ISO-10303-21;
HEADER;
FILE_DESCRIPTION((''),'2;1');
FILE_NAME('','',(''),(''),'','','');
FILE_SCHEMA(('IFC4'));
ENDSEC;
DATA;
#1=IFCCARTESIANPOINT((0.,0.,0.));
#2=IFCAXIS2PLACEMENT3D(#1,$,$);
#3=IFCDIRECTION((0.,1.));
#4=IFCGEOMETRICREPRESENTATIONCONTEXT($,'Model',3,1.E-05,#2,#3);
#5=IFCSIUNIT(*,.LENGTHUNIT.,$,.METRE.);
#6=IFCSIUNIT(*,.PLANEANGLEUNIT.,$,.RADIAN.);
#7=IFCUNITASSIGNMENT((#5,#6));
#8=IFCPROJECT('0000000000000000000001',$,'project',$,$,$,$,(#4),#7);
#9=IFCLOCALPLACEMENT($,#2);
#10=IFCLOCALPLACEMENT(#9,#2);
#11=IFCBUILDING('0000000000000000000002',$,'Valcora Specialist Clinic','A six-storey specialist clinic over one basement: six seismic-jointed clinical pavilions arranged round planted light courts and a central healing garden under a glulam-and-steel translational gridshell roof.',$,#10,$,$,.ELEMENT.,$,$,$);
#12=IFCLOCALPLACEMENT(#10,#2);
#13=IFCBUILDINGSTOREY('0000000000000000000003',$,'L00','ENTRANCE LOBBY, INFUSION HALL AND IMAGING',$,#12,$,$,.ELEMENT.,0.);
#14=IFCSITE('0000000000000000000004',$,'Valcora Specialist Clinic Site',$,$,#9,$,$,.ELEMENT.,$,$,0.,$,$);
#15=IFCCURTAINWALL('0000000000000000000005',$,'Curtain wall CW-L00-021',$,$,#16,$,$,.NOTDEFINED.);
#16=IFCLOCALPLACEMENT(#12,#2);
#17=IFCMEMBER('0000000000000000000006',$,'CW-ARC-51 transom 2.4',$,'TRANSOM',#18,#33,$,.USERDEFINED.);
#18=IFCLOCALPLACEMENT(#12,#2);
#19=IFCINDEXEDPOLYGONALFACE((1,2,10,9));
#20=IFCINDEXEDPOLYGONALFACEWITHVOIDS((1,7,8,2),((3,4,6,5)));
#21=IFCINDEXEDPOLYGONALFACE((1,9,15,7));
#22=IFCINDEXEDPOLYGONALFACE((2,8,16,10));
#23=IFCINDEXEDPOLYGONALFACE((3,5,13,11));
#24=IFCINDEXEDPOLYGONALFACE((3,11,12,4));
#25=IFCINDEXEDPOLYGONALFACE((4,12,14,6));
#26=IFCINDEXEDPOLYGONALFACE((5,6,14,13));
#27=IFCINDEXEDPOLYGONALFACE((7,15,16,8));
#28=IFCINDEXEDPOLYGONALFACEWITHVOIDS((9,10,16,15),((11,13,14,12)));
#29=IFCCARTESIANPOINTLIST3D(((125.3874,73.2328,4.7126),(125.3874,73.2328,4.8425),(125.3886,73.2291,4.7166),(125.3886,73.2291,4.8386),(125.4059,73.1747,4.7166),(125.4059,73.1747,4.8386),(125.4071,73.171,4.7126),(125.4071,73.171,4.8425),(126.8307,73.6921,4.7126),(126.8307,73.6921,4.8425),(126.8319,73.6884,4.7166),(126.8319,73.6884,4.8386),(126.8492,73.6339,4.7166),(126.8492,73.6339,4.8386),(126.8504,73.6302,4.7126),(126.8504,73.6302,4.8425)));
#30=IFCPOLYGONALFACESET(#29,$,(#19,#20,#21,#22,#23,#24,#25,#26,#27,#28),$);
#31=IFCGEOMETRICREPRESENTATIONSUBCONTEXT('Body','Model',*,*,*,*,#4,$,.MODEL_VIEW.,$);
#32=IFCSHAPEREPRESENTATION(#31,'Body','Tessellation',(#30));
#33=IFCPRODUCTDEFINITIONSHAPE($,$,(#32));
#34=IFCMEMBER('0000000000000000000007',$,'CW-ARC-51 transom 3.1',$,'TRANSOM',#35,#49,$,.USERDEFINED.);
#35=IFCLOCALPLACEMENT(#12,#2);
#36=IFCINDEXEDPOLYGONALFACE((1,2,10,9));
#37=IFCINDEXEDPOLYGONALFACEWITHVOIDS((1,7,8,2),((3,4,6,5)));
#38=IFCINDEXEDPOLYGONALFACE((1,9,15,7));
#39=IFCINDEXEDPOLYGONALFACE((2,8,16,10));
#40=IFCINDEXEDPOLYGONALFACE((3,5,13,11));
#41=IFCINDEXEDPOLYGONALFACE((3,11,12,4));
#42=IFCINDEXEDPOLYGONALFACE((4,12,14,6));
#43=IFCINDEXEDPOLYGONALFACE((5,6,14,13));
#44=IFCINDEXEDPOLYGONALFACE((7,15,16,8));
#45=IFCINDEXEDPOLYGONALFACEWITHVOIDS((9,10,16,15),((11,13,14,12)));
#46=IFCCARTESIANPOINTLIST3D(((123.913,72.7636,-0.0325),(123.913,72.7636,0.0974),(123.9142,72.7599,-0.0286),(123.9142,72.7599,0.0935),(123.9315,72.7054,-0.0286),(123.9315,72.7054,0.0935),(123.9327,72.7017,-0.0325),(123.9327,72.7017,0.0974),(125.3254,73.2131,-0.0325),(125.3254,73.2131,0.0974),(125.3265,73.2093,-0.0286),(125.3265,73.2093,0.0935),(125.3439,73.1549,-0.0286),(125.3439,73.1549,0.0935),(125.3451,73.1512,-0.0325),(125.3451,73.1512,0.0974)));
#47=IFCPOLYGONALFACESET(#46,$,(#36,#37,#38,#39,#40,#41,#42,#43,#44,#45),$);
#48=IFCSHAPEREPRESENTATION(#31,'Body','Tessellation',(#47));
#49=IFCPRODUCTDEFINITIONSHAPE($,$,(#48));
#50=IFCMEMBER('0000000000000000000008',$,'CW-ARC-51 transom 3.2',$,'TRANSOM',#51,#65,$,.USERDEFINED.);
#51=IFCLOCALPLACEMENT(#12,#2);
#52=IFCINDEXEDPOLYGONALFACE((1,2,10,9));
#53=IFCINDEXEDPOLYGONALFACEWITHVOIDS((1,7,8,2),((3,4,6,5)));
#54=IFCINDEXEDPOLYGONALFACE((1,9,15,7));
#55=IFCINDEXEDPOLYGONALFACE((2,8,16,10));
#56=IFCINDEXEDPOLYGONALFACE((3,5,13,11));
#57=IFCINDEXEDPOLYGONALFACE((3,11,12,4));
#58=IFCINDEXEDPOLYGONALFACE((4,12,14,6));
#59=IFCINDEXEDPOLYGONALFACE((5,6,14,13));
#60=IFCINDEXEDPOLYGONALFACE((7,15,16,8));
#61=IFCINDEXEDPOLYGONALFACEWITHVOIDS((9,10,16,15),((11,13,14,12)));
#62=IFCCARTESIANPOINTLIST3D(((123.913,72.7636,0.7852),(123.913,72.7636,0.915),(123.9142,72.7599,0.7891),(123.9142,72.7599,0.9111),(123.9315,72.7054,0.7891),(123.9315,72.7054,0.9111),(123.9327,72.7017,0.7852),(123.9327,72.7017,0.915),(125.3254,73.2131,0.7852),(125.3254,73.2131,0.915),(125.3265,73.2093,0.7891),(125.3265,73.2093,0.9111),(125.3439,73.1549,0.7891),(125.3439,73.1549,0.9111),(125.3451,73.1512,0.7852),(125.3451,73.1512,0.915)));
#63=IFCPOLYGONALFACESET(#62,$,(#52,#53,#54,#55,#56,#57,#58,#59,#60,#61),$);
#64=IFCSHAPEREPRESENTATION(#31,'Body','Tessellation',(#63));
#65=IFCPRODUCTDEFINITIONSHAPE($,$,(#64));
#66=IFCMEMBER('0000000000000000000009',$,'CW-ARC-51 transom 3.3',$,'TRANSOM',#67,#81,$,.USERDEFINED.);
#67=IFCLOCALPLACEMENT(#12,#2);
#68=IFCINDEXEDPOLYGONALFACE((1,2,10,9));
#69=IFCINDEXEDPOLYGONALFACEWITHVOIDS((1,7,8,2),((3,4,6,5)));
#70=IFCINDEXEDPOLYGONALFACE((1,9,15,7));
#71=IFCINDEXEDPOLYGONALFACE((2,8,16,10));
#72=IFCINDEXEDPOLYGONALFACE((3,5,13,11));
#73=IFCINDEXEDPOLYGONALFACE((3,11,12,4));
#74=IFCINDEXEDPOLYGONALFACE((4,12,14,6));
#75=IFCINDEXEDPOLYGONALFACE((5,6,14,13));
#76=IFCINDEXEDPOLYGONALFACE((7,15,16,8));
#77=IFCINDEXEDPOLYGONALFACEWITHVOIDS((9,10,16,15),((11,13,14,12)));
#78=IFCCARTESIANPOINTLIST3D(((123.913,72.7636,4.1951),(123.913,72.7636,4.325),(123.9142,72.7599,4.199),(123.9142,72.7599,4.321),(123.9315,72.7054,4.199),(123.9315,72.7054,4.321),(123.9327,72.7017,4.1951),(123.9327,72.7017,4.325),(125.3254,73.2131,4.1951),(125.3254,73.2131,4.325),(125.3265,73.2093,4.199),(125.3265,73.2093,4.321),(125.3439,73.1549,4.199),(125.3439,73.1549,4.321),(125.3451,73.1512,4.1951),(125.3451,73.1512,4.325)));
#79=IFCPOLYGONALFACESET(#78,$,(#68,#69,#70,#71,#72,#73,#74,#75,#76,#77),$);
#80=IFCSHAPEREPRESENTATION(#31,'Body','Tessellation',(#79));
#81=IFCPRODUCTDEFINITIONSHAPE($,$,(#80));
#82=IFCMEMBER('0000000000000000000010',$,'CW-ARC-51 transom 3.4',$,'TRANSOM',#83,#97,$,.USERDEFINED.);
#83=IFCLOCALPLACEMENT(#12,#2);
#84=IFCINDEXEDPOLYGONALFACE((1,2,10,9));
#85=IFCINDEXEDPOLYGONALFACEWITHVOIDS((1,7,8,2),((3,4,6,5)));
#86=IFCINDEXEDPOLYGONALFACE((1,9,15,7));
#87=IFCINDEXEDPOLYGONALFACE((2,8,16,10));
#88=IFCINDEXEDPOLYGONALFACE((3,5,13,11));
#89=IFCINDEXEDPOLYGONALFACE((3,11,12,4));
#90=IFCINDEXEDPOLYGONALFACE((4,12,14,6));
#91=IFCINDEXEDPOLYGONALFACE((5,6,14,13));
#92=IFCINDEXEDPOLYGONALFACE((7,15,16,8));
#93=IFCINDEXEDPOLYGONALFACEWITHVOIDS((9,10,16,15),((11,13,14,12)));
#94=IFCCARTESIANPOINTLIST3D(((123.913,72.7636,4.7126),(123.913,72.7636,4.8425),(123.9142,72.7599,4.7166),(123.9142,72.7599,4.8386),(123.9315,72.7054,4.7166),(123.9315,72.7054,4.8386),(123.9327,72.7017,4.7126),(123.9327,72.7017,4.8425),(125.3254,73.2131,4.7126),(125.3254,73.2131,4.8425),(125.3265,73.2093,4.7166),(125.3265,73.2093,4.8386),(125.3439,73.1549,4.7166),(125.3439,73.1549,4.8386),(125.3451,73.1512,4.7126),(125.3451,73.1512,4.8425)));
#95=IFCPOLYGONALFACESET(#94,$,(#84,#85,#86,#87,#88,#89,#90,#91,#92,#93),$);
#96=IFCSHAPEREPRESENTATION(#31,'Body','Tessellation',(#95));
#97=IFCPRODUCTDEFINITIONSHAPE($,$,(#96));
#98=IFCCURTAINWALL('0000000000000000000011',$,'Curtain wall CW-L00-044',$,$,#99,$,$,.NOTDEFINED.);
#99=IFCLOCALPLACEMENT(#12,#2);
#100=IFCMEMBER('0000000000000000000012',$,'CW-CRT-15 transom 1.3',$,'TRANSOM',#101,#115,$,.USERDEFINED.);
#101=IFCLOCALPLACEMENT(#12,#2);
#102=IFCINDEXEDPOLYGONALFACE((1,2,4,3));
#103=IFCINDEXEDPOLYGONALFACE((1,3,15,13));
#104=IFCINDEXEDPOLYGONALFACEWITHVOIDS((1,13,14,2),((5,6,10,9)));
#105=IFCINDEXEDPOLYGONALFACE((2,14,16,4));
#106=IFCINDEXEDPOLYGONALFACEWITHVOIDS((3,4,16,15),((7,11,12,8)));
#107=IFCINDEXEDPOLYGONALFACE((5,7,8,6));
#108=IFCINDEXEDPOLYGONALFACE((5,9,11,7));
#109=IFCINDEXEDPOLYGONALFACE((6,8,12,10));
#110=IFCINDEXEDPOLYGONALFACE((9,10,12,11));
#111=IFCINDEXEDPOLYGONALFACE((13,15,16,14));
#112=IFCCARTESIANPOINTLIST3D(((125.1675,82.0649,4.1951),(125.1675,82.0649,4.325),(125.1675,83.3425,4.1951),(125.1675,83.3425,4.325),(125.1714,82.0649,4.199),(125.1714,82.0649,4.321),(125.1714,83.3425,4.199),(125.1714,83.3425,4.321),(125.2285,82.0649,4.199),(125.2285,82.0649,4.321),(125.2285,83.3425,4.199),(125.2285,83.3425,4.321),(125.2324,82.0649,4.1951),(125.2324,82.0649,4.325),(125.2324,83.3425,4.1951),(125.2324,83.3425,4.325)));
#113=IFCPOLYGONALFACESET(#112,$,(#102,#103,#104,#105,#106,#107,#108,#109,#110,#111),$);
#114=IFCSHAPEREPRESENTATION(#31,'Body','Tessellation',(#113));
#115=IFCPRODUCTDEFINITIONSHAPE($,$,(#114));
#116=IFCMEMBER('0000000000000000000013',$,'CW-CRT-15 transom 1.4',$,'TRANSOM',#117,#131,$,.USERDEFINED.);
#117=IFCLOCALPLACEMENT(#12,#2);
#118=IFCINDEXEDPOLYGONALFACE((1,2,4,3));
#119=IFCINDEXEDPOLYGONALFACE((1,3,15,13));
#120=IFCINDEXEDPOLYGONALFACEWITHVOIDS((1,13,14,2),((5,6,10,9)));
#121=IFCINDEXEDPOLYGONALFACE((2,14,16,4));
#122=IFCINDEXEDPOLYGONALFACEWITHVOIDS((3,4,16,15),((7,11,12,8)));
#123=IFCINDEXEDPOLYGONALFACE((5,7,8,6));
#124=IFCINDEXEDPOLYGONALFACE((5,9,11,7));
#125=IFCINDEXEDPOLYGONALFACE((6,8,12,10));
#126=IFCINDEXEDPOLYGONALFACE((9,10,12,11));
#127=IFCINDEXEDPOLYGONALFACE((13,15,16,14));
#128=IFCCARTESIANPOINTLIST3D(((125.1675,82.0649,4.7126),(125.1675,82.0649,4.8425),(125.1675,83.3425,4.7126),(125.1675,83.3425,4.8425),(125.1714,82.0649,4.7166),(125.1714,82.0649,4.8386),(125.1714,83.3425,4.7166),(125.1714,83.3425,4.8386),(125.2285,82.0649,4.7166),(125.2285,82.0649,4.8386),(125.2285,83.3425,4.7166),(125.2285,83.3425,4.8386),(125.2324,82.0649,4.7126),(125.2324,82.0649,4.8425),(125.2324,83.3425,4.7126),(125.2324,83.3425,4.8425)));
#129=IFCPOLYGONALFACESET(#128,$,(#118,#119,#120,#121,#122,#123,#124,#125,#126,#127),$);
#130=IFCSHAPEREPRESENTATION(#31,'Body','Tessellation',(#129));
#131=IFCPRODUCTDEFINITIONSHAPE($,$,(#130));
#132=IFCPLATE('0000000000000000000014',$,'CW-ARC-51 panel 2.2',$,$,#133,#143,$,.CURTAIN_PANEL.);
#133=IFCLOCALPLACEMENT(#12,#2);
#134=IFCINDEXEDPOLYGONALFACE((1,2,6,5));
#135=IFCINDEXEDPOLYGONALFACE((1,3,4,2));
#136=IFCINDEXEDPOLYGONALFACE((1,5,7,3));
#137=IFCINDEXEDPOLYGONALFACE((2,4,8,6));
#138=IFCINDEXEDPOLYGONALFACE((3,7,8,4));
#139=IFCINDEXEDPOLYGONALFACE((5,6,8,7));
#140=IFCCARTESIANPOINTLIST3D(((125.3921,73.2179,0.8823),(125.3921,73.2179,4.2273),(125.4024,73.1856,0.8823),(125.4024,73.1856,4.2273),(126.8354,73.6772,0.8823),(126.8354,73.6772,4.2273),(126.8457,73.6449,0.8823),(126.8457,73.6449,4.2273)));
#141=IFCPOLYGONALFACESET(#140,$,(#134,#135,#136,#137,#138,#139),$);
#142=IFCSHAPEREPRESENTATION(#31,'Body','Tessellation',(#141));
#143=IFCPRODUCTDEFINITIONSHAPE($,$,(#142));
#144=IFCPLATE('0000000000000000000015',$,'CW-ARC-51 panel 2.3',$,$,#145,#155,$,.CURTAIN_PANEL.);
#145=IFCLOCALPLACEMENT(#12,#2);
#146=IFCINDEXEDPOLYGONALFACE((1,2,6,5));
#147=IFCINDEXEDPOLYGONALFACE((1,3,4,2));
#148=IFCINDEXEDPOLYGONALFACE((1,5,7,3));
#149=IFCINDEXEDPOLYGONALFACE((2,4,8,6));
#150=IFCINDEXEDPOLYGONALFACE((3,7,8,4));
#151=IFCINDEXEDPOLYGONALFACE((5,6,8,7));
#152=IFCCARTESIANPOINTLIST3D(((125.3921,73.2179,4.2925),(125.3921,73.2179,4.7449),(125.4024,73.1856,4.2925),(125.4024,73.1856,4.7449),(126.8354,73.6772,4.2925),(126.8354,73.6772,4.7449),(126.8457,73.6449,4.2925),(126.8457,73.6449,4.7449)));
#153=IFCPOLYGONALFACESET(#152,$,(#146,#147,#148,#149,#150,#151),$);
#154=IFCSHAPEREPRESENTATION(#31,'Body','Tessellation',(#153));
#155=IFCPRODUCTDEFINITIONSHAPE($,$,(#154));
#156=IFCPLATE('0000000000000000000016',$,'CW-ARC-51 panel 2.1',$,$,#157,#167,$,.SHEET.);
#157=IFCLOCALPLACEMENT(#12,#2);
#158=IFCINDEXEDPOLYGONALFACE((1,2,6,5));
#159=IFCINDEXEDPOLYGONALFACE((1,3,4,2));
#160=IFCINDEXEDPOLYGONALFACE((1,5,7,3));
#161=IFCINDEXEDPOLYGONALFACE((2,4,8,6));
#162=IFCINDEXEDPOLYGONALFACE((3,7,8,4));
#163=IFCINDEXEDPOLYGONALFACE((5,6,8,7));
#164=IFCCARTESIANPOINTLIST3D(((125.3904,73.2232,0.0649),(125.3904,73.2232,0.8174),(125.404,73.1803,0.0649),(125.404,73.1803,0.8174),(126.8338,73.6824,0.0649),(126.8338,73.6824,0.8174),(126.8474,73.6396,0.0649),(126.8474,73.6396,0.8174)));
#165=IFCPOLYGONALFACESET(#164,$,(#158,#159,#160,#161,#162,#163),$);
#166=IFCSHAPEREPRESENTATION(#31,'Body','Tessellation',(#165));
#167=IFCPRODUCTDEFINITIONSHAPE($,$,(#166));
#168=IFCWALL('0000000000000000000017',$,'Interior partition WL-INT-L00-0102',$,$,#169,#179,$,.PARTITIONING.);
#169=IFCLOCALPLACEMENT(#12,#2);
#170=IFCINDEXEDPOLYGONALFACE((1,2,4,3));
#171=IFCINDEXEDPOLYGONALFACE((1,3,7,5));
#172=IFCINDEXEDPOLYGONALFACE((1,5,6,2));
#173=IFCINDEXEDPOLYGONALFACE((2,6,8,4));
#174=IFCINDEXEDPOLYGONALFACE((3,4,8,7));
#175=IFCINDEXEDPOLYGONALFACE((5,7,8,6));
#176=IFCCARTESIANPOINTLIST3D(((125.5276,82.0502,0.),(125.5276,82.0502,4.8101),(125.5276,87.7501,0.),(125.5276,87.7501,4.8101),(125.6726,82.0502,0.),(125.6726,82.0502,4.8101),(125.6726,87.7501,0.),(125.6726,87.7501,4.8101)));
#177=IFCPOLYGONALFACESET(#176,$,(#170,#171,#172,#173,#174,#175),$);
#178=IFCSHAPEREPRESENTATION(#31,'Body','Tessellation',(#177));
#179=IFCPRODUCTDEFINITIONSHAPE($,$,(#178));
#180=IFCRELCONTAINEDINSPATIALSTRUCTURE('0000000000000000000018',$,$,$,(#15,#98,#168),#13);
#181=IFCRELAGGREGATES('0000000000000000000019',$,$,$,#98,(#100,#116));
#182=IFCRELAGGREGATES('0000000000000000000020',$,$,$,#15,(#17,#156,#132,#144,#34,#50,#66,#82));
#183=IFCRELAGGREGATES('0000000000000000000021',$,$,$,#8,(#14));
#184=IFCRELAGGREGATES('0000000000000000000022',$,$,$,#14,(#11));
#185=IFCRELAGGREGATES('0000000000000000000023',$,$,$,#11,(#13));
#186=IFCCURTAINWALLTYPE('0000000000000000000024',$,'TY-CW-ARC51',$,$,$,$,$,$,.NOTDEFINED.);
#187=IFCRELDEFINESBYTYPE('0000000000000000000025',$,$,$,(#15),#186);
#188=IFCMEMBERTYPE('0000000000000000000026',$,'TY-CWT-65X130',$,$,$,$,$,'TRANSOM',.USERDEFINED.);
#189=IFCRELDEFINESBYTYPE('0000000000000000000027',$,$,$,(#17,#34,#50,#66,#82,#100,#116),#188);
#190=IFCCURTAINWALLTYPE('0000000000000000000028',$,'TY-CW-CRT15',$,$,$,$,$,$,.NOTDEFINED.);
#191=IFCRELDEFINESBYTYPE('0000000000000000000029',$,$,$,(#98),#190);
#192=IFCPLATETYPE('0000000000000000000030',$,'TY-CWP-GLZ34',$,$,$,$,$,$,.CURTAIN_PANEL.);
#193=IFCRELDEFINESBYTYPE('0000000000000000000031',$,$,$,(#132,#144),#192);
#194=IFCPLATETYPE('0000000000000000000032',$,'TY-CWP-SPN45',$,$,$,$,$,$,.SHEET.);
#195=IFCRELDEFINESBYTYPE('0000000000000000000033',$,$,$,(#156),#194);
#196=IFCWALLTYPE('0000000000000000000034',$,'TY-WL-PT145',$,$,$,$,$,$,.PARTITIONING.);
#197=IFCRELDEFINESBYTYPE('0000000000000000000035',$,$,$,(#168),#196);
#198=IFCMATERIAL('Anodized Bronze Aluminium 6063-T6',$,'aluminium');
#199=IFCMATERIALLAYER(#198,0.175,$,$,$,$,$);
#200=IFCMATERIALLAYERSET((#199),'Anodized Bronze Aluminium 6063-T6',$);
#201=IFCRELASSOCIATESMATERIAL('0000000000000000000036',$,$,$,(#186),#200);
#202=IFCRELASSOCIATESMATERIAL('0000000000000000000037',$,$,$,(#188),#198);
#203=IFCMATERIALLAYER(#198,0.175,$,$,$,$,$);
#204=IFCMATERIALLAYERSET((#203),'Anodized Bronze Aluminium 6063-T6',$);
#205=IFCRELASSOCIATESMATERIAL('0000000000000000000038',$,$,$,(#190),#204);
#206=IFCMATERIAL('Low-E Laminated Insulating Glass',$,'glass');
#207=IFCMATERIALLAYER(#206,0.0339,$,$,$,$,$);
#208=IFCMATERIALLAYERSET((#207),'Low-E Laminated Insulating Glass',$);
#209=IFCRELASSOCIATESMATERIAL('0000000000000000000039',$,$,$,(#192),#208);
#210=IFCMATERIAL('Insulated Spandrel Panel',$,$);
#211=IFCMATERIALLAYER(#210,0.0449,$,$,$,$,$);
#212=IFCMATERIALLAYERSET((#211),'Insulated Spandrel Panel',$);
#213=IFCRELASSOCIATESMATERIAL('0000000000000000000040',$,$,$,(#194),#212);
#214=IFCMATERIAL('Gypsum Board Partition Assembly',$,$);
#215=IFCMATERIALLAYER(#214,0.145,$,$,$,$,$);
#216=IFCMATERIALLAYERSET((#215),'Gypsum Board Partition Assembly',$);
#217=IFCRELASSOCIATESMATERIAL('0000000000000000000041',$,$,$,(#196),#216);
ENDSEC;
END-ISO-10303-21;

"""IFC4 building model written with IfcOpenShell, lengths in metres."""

from ifc_helpers import new_model, si_unit, direction, frame, frame_2d, origin, origin_2d, place, context, subcontext, project, spatial, rectangle, hollow_rectangle, extrude, material, layer, layer_set, material_profile, profile_set, type_object, element, aggregate, save


model = new_model("IFC4")

# Units and contexts
model_context = context("Model", 3, precision=1e-05, world=origin(), true_north=direction((0.0, 1.0)))
body_context = subcontext(model_context, "Body", "Model", "MODEL_VIEW")
ifc_project = project(units=[si_unit("LENGTHUNIT", "METRE"), si_unit("PLANEANGLEUNIT", "RADIAN")], contexts=[model_context])

# Site, building, storey
site_placement = place(None, origin())
site = spatial("IfcSite", under=ifc_project, at=site_placement, Name="Valcora Specialist Clinic Site", CompositionType="ELEMENT", RefElevation=0.0)
building_placement = place(site_placement, origin())
building = spatial("IfcBuilding", under=site, at=building_placement, Name="Valcora Specialist Clinic", Description="A six-storey specialist clinic over one basement: six seismic-jointed clinical pavilions arranged round planted light courts and a central healing garden under a glulam-and-steel translational gridshell roof.", CompositionType="ELEMENT")
storey_placement = place(building_placement, origin())
storey = spatial("IfcBuildingStorey", under=building, at=storey_placement, Name="L00", Description="ENTRANCE LOBBY, INFUSION HALL AND IMAGING", CompositionType="ELEMENT", Elevation=0.0)

# Curtain walls, members
ifc_material_1 = material(Name="Anodized Bronze Aluminium 6063-T6", Category="aluminium")
ifc_layer_1 = layer(ifc_material_1, 0.175)
ifc_layer_set_1 = layer_set([ifc_layer_1], Name="Anodized Bronze Aluminium 6063-T6")
curtain_wall_type_1 = type_object("IfcCurtainWallType", Name="TY-CW-ARC51", PredefinedType="NOTDEFINED", material=ifc_layer_set_1)
curtain_wall_1_placement = place(storey_placement, origin())
curtain_wall_1 = element("IfcCurtainWall", 1, at=curtain_wall_1_placement, inside=storey, type_object=curtain_wall_type_1, Name="Curtain wall CW-L00-021", PredefinedType="NOTDEFINED")
ifc_material_profile_1 = material_profile(ifc_material_1, hollow_rectangle(XDim=0.0649, YDim=0.1299, WallThickness=0.0039, at=origin_2d()), Name="AL-TRN-65X130")
ifc_profile_set_1 = profile_set([ifc_material_profile_1], Name="Anodized Bronze Aluminium 6063-T6")
member_type_1 = type_object("IfcMemberType", Name="TY-CWT-65X130", ElementType="TRANSOM", PredefinedType="USERDEFINED", material=ifc_profile_set_1)
member_1_placement = place(storey_placement, frame((126.8406, 73.6611, 4.7776), z_axis=(-0.95293, -0.30319, 0.0), x_axis=(0.30319, -0.95293, 0.0)))
member_1 = element("IfcMember", 2, at=member_1_placement, type_object=member_type_1, Name="CW-ARC-51 transom 2.4", ObjectType="TRANSOM", PredefinedType="USERDEFINED", context=body_context, shape_type="SweptSolid", body=[
    extrude(hollow_rectangle(XDim=0.0649, YDim=0.1299, WallThickness=0.0039, at=origin_2d()), origin(), (0.0, 0.0, 1.0), 1.5146),
])
member_2_placement = place(storey_placement, frame((125.3352, 73.1821, 0.0325), z_axis=(-0.952911, -0.303251, 0.0), x_axis=(0.303251, -0.952911, 0.0)))
member_2 = element("IfcMember", 3, at=member_2_placement, type_object=member_type_1, Name="CW-ARC-51 transom 3.1", ObjectType="TRANSOM", PredefinedType="USERDEFINED", context=body_context, shape_type="SweptSolid", body=[
    extrude(hollow_rectangle(XDim=0.0649, YDim=0.1299, WallThickness=0.0039, at=origin_2d()), origin(), (0.0, 0.0, 1.0), 1.4822),
])
member_3_placement = place(storey_placement, frame((125.3352, 73.1821, 0.8501), z_axis=(-0.952911, -0.303251, 0.0), x_axis=(0.303251, -0.952911, 0.0)))
member_3 = element("IfcMember", 4, at=member_3_placement, type_object=member_type_1, Name="CW-ARC-51 transom 3.2", ObjectType="TRANSOM", PredefinedType="USERDEFINED", context=body_context, shape_type="SweptSolid", body=[
    extrude(hollow_rectangle(XDim=0.0649, YDim=0.1299, WallThickness=0.0039, at=origin_2d()), origin(), (0.0, 0.0, 1.0), 1.4822),
])
member_4_placement = place(storey_placement, frame((125.3352, 73.1821, 4.26), z_axis=(-0.952911, -0.303251, 0.0), x_axis=(0.303251, -0.952911, 0.0)))
member_4 = element("IfcMember", 5, at=member_4_placement, type_object=member_type_1, Name="CW-ARC-51 transom 3.3", ObjectType="TRANSOM", PredefinedType="USERDEFINED", context=body_context, shape_type="SweptSolid", body=[
    extrude(hollow_rectangle(XDim=0.0649, YDim=0.1299, WallThickness=0.0039, at=origin_2d()), origin(), (0.0, 0.0, 1.0), 1.4822),
])
member_5_placement = place(storey_placement, frame((125.3352, 73.1821, 4.7776), z_axis=(-0.952911, -0.303251, 0.0), x_axis=(0.303251, -0.952911, 0.0)))
member_5 = element("IfcMember", 6, at=member_5_placement, type_object=member_type_1, Name="CW-ARC-51 transom 3.4", ObjectType="TRANSOM", PredefinedType="USERDEFINED", context=body_context, shape_type="SweptSolid", body=[
    extrude(hollow_rectangle(XDim=0.0649, YDim=0.1299, WallThickness=0.0039, at=origin_2d()), origin(), (0.0, 0.0, 1.0), 1.4822),
])
ifc_layer_2 = layer(ifc_material_1, 0.175)
ifc_layer_set_2 = layer_set([ifc_layer_2], Name="Anodized Bronze Aluminium 6063-T6")
curtain_wall_type_2 = type_object("IfcCurtainWallType", Name="TY-CW-CRT15", PredefinedType="NOTDEFINED", material=ifc_layer_set_2)
curtain_wall_2_placement = place(storey_placement, origin())
curtain_wall_2 = element("IfcCurtainWall", 7, at=curtain_wall_2_placement, inside=storey, type_object=curtain_wall_type_2, Name="Curtain wall CW-L00-044", PredefinedType="NOTDEFINED")
member_6_placement = place(storey_placement, frame((125.2, 82.0649, 4.26), z_axis=(0.0, 1.0, 0.0), x_axis=(-1.0, 0.0, 0.0)))
member_6 = element("IfcMember", 8, at=member_6_placement, type_object=member_type_1, Name="CW-CRT-15 transom 1.3", ObjectType="TRANSOM", PredefinedType="USERDEFINED", context=body_context, shape_type="SweptSolid", body=[
    extrude(hollow_rectangle(XDim=0.0649, YDim=0.1299, WallThickness=0.0039, at=origin_2d()), origin(), (0.0, 0.0, 1.0), 1.2776),
])
member_7_placement = place(storey_placement, frame((125.2, 82.0649, 4.7776), z_axis=(0.0, 1.0, 0.0), x_axis=(-1.0, 0.0, 0.0)))
member_7 = element("IfcMember", 9, at=member_7_placement, type_object=member_type_1, Name="CW-CRT-15 transom 1.4", ObjectType="TRANSOM", PredefinedType="USERDEFINED", context=body_context, shape_type="SweptSolid", body=[
    extrude(hollow_rectangle(XDim=0.0649, YDim=0.1299, WallThickness=0.0039, at=origin_2d()), origin(), (0.0, 0.0, 1.0), 1.2776),
])
aggregate(curtain_wall_2, [member_6, member_7])

# Plates
ifc_material_2 = material(Name="Low-E Laminated Insulating Glass", Category="glass")
ifc_layer_3 = layer(ifc_material_2, 0.0339)
ifc_layer_set_3 = layer_set([ifc_layer_3], Name="Low-E Laminated Insulating Glass")
plate_type_1 = type_object("IfcPlateType", Name="TY-CWP-GLZ34", PredefinedType="CURTAIN_PANEL", material=ifc_layer_set_3)
plate_1_placement = place(storey_placement, frame((126.1189, 73.4314, 0.8823), z_axis=(0.0, 0.0, 1.0), x_axis=(-0.952916, -0.303233, 0.0)))
plate_1 = element("IfcPlate", 10, at=plate_1_placement, type_object=plate_type_1, Name="CW-ARC-51 panel 2.2", PredefinedType="CURTAIN_PANEL", context=body_context, shape_type="SweptSolid", body=[
    extrude(rectangle(XDim=1.5146, YDim=0.0339, at=origin_2d()), origin(), (0.0, 0.0, 1.0), 3.345),
])
plate_2_placement = place(storey_placement, frame((126.1189, 73.4314, 4.2925), z_axis=(0.0, 0.0, 1.0), x_axis=(-0.952916, -0.303233, 0.0)))
plate_2 = element("IfcPlate", 11, at=plate_2_placement, type_object=plate_type_1, Name="CW-ARC-51 panel 2.3", PredefinedType="CURTAIN_PANEL", context=body_context, shape_type="SweptSolid", body=[
    extrude(rectangle(XDim=1.5146, YDim=0.0339, at=origin_2d()), origin(), (0.0, 0.0, 1.0), 0.4524),
])
ifc_material_3 = material(Name="Insulated Spandrel Panel")
ifc_layer_4 = layer(ifc_material_3, 0.0449)
ifc_layer_set_4 = layer_set([ifc_layer_4], Name="Insulated Spandrel Panel")
plate_type_2 = type_object("IfcPlateType", Name="TY-CWP-SPN45", PredefinedType="SHEET", material=ifc_layer_set_4)
plate_3_placement = place(storey_placement, frame((126.1189, 73.4314, 0.0649), z_axis=(0.0, 0.0, 1.0), x_axis=(-0.952916, -0.303233, 0.0)))
plate_3 = element("IfcPlate", 12, at=plate_3_placement, type_object=plate_type_2, Name="CW-ARC-51 panel 2.1", PredefinedType="SHEET", context=body_context, shape_type="SweptSolid", body=[
    extrude(rectangle(XDim=1.5146, YDim=0.0449, at=origin_2d()), origin(), (0.0, 0.0, 1.0), 0.7524),
])
aggregate(curtain_wall_1, [member_1, plate_3, plate_1, plate_2, member_2, member_3, member_4, member_5])

# Wall
ifc_material_4 = material(Name="Gypsum Board Partition Assembly")
ifc_layer_5 = layer(ifc_material_4, 0.145)
ifc_layer_set_5 = layer_set([ifc_layer_5], Name="Gypsum Board Partition Assembly")
wall_type = type_object("IfcWallType", Name="TY-WL-PT145", PredefinedType="PARTITIONING", material=ifc_layer_set_5)
wall_placement = place(storey_placement, frame((125.6001, 82.05, 0.0), z_axis=(0.0, 0.0, 1.0), x_axis=(0.0, 1.0, 0.0)))
element("IfcWall", 13, at=wall_placement, inside=storey, type_object=wall_type, Name="Interior partition WL-INT-L00-0102", PredefinedType="PARTITIONING", context=body_context, shape_type="SweptSolid", body=[
    extrude(rectangle(XDim=5.7, YDim=0.145, at=frame_2d((2.8501, 0.0))), origin(), (0.0, 0.0, 1.0), 4.8101),
])

save(model, "model.ifc")
